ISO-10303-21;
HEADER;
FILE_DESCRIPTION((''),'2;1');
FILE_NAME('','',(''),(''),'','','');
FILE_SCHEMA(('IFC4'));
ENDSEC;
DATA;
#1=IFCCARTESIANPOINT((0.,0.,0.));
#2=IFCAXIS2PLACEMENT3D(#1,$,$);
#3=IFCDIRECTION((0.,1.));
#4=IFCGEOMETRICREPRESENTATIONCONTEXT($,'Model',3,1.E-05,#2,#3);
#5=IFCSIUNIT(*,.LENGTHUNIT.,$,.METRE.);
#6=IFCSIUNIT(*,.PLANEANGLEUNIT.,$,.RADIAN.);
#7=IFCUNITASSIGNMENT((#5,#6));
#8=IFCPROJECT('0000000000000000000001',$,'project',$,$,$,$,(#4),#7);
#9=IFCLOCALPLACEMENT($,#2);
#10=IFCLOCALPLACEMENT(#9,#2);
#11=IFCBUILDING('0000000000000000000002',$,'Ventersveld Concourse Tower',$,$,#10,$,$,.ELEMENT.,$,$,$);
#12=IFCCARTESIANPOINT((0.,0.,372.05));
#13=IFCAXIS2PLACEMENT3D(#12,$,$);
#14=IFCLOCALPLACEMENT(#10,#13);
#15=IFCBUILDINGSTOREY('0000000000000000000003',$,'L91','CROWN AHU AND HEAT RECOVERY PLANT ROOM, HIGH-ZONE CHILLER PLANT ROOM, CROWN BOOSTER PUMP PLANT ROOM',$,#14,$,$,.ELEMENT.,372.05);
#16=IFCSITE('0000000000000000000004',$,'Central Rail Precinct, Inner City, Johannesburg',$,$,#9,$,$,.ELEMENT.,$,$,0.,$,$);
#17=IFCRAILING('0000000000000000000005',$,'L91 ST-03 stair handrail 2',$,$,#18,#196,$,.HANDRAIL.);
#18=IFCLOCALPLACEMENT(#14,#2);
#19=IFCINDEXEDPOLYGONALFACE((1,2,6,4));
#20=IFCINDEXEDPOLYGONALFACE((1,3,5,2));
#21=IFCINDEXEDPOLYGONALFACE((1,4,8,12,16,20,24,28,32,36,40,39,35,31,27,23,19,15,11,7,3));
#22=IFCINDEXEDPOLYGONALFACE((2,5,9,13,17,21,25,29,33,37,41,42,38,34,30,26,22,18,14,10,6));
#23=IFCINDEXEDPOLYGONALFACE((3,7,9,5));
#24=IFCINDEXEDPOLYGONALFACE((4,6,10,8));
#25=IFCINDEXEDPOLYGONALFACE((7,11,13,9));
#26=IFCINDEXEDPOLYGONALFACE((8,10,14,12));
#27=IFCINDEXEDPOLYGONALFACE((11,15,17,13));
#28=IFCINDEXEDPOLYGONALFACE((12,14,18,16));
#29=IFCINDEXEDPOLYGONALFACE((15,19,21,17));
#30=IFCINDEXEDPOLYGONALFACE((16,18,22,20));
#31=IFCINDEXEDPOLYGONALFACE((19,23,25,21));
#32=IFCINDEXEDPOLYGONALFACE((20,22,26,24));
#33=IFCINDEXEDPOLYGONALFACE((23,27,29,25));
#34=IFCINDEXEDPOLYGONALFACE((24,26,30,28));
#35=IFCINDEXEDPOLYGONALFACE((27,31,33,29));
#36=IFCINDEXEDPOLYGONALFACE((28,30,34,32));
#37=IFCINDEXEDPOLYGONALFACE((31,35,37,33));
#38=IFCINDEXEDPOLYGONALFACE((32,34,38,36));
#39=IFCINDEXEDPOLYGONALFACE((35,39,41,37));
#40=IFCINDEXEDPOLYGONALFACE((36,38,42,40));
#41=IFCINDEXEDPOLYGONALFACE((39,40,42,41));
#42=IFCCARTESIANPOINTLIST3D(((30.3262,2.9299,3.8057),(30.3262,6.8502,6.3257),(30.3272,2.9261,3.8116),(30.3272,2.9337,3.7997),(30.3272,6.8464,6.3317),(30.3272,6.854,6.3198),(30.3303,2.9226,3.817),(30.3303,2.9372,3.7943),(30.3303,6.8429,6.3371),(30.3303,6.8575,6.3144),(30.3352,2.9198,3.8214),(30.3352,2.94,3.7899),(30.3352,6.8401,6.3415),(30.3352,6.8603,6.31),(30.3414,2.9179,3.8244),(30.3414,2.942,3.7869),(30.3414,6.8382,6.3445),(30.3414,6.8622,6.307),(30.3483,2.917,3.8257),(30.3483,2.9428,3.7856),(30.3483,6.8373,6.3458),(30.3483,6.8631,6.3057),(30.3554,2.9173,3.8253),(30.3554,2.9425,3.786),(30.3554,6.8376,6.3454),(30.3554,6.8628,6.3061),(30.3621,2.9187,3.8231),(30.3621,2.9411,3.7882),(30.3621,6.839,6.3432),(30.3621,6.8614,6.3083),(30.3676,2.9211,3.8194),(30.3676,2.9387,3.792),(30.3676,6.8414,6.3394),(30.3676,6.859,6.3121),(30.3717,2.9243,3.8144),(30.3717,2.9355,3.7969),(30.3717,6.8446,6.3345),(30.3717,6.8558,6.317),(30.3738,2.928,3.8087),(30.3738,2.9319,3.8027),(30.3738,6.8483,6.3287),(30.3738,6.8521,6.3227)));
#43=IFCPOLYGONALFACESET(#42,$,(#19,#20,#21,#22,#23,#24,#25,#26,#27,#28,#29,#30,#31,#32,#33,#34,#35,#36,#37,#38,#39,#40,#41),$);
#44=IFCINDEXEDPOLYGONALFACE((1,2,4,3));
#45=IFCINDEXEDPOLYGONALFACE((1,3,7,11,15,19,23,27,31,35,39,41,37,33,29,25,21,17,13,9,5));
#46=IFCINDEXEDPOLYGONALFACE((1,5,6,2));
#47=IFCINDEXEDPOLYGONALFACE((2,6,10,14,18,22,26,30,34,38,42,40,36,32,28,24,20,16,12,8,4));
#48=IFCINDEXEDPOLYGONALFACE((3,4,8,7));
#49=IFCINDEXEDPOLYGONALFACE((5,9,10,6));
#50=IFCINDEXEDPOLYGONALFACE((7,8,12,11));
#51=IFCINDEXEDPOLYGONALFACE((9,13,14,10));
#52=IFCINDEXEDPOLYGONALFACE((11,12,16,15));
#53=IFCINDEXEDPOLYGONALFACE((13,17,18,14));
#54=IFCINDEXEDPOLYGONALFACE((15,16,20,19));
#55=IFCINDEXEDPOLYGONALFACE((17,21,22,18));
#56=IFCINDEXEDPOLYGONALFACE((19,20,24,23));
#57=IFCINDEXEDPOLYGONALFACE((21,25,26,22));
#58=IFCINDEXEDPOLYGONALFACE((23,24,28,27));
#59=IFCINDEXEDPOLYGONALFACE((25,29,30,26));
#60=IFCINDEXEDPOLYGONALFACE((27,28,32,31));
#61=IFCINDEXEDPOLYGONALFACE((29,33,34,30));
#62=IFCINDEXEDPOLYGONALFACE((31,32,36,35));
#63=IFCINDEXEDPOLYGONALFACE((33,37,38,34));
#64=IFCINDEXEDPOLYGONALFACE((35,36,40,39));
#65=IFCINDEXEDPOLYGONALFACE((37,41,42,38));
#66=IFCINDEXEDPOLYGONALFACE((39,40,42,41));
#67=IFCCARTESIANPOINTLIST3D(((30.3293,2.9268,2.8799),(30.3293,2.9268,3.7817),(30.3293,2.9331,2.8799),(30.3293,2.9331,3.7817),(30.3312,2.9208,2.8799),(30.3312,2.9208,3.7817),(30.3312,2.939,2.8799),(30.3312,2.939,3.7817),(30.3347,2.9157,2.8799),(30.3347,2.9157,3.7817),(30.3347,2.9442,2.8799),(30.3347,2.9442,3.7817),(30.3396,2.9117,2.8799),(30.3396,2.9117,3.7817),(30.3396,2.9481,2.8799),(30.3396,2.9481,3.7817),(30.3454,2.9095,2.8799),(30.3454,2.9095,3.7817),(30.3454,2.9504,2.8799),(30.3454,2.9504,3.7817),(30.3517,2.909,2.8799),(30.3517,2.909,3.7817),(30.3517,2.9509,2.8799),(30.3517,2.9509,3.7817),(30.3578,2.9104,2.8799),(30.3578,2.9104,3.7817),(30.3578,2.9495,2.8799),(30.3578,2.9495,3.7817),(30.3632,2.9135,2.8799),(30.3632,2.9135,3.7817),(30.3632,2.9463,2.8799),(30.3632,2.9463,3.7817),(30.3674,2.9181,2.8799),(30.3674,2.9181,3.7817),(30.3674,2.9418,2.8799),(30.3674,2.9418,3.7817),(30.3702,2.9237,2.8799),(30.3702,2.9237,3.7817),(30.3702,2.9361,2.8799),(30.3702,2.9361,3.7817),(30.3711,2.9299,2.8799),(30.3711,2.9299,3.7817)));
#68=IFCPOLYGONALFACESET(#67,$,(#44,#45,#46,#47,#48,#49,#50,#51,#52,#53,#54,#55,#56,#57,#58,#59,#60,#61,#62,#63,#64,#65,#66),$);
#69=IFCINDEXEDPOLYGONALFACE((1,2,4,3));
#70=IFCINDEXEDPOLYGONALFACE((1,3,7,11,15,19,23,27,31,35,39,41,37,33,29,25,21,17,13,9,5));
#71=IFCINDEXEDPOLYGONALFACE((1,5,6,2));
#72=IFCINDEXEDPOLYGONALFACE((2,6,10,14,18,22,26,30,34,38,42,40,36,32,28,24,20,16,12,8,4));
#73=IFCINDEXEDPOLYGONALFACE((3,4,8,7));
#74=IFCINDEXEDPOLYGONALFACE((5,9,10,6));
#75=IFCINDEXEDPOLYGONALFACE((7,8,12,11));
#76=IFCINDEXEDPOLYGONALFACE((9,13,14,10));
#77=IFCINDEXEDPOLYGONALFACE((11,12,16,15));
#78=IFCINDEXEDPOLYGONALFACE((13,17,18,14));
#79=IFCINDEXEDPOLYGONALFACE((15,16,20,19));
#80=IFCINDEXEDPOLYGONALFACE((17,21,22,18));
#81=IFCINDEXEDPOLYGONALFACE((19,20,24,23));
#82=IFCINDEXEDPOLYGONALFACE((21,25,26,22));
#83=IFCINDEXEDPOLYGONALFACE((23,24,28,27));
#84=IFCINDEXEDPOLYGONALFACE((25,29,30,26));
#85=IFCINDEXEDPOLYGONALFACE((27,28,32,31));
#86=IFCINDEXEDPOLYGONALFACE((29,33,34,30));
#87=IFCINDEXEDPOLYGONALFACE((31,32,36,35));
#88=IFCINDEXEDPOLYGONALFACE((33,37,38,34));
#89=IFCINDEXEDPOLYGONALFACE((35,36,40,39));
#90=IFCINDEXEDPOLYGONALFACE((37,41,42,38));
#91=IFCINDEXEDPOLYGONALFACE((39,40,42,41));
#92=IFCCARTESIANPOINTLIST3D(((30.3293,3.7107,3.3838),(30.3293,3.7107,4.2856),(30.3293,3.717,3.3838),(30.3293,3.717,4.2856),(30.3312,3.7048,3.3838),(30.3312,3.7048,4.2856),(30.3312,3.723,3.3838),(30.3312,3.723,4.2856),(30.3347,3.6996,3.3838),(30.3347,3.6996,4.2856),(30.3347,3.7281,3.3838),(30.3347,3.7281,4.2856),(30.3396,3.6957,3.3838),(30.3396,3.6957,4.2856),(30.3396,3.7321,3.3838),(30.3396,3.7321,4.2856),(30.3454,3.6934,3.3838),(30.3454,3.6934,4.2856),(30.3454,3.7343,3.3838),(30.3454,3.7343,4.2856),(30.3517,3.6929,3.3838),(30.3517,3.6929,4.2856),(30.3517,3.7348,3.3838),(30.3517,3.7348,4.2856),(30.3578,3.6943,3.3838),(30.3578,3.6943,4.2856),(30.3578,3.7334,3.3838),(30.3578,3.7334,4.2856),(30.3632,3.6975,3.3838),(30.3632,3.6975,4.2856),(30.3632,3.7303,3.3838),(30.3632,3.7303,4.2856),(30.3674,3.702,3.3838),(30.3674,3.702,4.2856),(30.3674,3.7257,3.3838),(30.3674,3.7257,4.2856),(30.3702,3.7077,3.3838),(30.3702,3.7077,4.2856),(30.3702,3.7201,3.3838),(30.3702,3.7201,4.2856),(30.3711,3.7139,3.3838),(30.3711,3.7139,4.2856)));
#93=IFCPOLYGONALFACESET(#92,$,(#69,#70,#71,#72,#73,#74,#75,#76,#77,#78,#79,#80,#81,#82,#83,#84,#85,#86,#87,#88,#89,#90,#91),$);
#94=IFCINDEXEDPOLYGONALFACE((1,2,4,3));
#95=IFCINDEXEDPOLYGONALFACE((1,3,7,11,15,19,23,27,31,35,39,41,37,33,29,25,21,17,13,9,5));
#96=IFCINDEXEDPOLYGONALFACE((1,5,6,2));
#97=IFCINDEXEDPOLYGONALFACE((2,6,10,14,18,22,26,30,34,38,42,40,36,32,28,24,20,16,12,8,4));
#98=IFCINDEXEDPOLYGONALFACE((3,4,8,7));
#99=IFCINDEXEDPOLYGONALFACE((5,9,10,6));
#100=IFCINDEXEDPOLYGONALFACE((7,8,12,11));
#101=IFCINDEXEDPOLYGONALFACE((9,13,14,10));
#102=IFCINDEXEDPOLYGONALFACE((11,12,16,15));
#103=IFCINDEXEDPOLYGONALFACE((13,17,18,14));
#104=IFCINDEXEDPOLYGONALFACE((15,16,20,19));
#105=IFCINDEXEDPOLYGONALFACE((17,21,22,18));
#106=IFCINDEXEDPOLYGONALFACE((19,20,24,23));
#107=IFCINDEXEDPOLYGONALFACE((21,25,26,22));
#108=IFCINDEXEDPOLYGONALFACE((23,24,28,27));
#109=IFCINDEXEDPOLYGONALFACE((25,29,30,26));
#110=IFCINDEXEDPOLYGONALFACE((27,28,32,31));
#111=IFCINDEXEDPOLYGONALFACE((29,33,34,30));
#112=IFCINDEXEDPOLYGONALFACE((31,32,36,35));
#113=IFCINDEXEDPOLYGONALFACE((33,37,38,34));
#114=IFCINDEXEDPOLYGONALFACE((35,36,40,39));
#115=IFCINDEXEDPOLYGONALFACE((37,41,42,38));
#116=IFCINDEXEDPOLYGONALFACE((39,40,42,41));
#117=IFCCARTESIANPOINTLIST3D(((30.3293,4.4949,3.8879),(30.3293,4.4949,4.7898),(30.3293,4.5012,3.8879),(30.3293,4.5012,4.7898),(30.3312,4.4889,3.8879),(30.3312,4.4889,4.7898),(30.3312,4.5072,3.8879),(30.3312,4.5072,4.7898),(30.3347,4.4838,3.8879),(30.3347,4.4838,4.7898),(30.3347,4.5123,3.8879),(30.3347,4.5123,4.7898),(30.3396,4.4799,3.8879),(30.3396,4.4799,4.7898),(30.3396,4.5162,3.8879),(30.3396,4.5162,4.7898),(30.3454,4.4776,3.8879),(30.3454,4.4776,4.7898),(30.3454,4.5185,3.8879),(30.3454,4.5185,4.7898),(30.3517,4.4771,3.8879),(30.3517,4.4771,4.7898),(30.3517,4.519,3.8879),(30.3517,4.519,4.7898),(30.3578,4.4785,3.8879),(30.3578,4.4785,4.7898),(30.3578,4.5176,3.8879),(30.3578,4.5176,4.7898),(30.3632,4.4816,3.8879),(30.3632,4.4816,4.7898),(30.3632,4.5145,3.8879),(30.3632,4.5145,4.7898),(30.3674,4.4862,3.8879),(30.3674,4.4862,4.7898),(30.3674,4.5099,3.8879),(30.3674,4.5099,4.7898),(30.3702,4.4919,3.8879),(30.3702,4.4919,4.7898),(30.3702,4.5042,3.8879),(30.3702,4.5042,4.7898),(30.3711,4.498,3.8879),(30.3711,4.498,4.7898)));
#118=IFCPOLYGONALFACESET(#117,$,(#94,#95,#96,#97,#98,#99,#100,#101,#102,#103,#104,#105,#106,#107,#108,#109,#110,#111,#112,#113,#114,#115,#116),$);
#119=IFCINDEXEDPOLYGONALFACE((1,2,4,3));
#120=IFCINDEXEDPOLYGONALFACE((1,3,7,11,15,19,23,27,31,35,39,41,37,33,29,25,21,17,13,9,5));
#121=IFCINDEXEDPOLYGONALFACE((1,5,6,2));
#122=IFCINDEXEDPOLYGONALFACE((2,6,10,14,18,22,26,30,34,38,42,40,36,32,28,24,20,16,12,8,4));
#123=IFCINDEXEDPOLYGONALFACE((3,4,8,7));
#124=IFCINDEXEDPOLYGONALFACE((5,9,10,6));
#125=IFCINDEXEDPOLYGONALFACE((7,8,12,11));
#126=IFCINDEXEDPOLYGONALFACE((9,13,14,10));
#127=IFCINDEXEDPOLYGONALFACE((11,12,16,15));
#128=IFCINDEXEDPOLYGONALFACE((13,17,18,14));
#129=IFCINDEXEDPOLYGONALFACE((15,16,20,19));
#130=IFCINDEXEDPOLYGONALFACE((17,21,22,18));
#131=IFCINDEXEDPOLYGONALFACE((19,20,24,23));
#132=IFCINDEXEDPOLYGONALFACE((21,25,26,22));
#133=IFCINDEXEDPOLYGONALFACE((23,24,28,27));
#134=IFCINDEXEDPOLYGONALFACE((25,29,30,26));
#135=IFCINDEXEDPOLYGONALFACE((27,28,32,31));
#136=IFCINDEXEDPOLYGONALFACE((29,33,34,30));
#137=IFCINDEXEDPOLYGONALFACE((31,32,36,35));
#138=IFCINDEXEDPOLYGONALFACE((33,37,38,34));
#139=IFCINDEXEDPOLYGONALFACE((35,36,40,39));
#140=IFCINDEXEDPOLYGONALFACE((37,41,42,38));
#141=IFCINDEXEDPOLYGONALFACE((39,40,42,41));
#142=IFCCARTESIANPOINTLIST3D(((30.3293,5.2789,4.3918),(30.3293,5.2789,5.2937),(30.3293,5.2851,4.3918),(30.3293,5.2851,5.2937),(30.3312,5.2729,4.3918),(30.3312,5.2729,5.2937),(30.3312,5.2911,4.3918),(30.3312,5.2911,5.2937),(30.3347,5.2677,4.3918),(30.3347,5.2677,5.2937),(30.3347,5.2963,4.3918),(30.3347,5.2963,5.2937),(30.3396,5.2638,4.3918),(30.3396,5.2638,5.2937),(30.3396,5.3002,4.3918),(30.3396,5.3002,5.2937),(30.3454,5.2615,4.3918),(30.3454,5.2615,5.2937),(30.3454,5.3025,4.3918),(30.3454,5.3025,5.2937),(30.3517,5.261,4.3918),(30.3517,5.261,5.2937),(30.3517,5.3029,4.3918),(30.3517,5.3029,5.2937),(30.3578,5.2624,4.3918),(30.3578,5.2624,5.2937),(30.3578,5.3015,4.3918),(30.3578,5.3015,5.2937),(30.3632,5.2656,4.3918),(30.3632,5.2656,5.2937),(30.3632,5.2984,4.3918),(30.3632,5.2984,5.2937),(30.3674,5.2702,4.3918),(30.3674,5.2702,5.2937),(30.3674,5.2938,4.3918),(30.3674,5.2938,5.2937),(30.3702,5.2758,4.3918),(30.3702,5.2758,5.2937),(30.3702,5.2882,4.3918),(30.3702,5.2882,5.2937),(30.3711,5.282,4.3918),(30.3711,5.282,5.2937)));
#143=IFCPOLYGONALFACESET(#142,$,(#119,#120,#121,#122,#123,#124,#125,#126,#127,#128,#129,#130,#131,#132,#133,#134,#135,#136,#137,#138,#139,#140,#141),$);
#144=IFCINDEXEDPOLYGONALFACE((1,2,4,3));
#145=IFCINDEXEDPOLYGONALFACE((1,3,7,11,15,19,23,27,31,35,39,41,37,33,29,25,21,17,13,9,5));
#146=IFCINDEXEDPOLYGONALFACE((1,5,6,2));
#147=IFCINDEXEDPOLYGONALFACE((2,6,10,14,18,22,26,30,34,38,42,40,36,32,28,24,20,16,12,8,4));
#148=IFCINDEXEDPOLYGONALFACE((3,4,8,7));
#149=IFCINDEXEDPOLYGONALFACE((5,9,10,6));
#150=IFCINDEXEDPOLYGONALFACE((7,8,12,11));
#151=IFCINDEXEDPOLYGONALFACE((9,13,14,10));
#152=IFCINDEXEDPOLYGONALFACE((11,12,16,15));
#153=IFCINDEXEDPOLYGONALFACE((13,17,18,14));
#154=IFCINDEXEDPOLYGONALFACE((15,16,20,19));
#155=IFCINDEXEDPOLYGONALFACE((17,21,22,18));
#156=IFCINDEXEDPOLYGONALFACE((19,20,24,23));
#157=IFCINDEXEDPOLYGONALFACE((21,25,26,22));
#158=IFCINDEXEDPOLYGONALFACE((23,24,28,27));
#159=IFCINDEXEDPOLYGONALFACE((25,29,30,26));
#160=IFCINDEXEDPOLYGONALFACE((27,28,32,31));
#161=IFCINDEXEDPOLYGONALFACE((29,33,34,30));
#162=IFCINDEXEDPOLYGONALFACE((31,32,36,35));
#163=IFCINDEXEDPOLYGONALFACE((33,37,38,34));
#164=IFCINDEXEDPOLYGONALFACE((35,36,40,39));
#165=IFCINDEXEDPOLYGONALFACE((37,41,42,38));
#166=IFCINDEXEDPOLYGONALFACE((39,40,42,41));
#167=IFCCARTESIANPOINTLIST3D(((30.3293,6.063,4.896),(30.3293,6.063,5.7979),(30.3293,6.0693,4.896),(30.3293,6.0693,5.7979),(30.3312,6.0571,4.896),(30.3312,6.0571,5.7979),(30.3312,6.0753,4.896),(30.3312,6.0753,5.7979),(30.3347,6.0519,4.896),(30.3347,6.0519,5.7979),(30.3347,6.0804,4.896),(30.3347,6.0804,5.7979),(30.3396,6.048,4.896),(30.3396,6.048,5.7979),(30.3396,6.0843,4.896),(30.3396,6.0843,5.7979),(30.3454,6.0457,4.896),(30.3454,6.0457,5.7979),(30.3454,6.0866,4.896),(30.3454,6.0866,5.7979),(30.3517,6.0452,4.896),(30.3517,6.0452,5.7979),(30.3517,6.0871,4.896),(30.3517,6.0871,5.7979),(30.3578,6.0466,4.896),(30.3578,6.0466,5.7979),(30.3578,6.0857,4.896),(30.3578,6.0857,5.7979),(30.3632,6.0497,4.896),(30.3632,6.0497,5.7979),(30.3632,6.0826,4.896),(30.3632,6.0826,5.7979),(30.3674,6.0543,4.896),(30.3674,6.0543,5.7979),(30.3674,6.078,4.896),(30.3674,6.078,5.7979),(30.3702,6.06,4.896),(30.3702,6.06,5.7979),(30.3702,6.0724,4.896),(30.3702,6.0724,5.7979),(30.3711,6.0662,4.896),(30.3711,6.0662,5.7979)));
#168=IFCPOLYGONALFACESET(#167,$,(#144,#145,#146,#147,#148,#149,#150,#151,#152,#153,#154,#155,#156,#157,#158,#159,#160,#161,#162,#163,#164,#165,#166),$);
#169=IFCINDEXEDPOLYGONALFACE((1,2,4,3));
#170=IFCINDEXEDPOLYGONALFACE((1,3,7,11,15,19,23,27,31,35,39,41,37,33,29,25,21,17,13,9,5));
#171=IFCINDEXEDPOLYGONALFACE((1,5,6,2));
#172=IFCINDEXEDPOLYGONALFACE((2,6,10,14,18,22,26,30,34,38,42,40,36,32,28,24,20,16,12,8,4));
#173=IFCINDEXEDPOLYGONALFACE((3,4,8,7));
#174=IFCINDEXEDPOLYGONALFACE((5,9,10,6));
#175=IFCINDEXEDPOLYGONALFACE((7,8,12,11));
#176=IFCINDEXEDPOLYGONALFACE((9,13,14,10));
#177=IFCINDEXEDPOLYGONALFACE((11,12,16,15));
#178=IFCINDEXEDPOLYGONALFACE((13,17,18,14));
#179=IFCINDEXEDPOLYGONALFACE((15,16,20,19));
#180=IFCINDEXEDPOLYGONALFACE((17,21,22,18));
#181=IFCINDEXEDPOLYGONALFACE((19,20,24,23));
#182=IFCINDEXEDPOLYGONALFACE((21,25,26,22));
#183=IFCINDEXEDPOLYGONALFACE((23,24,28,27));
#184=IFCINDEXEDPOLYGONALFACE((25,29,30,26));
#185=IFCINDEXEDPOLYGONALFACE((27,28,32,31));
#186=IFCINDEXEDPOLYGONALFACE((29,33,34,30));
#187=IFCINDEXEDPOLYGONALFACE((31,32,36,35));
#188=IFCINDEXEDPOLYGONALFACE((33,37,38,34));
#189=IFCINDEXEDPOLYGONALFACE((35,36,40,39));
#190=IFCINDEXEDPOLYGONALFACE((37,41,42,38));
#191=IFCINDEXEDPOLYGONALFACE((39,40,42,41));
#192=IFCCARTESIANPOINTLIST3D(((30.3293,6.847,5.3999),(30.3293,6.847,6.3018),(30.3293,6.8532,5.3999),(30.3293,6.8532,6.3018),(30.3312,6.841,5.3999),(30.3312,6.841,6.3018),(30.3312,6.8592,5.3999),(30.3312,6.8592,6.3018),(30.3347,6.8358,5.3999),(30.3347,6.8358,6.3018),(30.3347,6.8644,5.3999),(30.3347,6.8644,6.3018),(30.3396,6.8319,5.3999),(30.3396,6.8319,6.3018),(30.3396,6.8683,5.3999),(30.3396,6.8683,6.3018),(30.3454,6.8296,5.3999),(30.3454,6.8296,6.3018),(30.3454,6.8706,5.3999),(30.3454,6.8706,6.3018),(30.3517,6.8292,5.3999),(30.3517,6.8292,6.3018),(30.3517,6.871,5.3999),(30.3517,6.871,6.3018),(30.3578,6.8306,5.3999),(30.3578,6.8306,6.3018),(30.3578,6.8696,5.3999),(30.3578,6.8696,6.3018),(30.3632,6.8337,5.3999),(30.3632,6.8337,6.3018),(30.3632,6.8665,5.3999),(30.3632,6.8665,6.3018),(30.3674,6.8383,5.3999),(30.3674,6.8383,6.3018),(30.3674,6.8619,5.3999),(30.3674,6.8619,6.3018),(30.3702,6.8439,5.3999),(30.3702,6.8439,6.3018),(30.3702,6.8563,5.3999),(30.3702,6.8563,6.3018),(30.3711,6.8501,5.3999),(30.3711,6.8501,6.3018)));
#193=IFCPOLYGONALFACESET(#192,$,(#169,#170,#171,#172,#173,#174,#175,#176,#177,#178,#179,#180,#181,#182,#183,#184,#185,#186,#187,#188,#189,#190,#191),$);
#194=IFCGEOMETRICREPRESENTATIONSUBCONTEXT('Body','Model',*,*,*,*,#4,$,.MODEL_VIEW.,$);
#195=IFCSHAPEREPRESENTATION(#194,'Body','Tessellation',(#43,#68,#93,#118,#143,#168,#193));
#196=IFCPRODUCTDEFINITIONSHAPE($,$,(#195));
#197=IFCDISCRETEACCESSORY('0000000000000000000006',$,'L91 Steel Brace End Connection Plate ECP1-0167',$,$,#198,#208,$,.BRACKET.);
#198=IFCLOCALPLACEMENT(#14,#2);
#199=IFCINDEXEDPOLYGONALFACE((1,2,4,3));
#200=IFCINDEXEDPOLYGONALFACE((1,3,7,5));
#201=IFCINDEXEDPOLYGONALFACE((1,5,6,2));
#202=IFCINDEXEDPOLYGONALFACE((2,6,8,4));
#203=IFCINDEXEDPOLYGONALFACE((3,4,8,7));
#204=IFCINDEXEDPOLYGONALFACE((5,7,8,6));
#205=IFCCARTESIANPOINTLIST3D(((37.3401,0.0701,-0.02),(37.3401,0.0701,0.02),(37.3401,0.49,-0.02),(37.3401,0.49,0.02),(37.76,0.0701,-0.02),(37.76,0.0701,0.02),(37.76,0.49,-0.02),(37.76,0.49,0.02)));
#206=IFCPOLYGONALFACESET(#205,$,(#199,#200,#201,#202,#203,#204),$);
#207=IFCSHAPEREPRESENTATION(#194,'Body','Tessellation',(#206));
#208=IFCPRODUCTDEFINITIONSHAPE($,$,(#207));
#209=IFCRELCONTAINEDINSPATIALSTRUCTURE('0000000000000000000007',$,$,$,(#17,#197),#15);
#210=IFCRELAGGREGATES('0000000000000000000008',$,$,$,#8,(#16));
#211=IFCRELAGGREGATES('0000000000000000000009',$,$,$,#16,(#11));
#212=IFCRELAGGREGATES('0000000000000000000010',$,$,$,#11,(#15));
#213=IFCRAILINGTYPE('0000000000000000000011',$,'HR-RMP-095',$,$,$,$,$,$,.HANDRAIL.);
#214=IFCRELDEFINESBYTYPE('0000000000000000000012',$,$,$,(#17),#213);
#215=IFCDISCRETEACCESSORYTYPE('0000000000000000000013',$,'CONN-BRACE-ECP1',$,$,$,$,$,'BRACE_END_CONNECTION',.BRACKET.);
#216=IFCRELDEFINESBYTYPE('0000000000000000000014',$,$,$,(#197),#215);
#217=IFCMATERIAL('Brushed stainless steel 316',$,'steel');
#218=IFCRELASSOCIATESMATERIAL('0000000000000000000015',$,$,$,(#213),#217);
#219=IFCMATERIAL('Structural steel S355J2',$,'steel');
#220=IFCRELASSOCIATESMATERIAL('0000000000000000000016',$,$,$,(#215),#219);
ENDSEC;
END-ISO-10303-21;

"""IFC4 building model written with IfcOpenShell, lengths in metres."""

from ifc_helpers import new_model, si_unit, direction, frame, origin, origin_2d, place, context, subcontext, project, spatial, rectangle, circle, extrude, material, type_object, element, save


model = new_model("IFC4")

# Units and contexts
model_context = context("Model", 3, precision=1e-05, world=origin(), true_north=direction((0.0, 1.0)))
body_context = subcontext(model_context, "Body", "Model", "MODEL_VIEW")
ifc_project = project(units=[si_unit("LENGTHUNIT", "METRE"), si_unit("PLANEANGLEUNIT", "RADIAN")], contexts=[model_context])

# Site, building, storey
site_placement = place(None, origin())
site = spatial("IfcSite", under=ifc_project, at=site_placement, Name="Central Rail Precinct, Inner City, Johannesburg", CompositionType="ELEMENT", RefElevation=0.0)
building_placement = place(site_placement, origin())
building = spatial("IfcBuilding", under=site, at=building_placement, Name="Ventersveld Concourse Tower", CompositionType="ELEMENT")
storey_placement = place(building_placement, frame((0.0, 0.0, 372.05)))
storey = spatial("IfcBuildingStorey", under=building, at=storey_placement, Name="L91", Description="CROWN AHU AND HEAT RECOVERY PLANT ROOM, HIGH-ZONE CHILLER PLANT ROOM, CROWN BOOSTER PUMP PLANT ROOM", CompositionType="ELEMENT", Elevation=372.05)

# Shared definitions
ifc_material_1 = material(Name="Structural steel S355J2", Category="steel")

# Shared definitions
ifc_material_2 = material(Name="Brushed stainless steel 316", Category="steel")

# Railing
railing_type_1 = type_object("IfcRailingType", Name="HR-RMP-095", PredefinedType="HANDRAIL", material=ifc_material_2)
railing_1_placement = place(storey_placement, frame((30.3501, 2.9299, 2.8799)))
element("IfcRailing", 1, at=railing_1_placement, inside=storey, type_object=railing_type_1, Name="L91 ST-03 stair handrail 2", PredefinedType="HANDRAIL", context=body_context, shape_type="SweptSolid", body=[
    extrude(circle(Radius=0.0239, at=origin_2d()), frame((0.0, 0.0, 0.9258), z_axis=(0.0, 0.841187, 0.540744), x_axis=(-1.0, 0.0, 0.0)), (0.0, 0.0, 1.0), 4.6604),
    extrude(circle(Radius=0.021, at=origin_2d()), origin(), (0.0, 0.0, 1.0), 0.9019),
    extrude(circle(Radius=0.021, at=origin_2d()), frame((0.0, 0.7839, 0.5039)), (0.0, 0.0, 1.0), 0.9019),
    extrude(circle(Radius=0.021, at=origin_2d()), frame((0.0, 1.5681, 1.0081)), (0.0, 0.0, 1.0), 0.9019),
    extrude(circle(Radius=0.021, at=origin_2d()), frame((0.0, 2.3521, 1.512)), (0.0, 0.0, 1.0), 0.9019),
    extrude(circle(Radius=0.021, at=origin_2d()), frame((0.0, 3.1362, 2.0161)), (0.0, 0.0, 1.0), 0.9019),
    extrude(circle(Radius=0.021, at=origin_2d()), frame((0.0, 3.9202, 2.52)), (0.0, 0.0, 1.0), 0.9019),
])

# Discrete accessory
discrete_accessory_type = type_object("IfcDiscreteAccessoryType", Name="CONN-BRACE-ECP1", ElementType="BRACE_END_CONNECTION", PredefinedType="BRACKET", material=ifc_material_1)
discrete_accessory_placement = place(storey_placement, frame((37.55, 0.28, -0.02), z_axis=(0.0, 0.0, 1.0), x_axis=(1.0, 0.0, 0.0)))
element("IfcDiscreteAccessory", 2, at=discrete_accessory_placement, inside=storey, type_object=discrete_accessory_type, Name="L91 Steel Brace End Connection Plate ECP1-0167", PredefinedType="BRACKET", context=body_context, shape_type="SweptSolid", body=[
    extrude(rectangle(XDim=0.4199, YDim=0.4199, at=origin_2d()), origin(), (0.0, 0.0, 1.0), 0.04),
])

save(model, "model.ifc")
